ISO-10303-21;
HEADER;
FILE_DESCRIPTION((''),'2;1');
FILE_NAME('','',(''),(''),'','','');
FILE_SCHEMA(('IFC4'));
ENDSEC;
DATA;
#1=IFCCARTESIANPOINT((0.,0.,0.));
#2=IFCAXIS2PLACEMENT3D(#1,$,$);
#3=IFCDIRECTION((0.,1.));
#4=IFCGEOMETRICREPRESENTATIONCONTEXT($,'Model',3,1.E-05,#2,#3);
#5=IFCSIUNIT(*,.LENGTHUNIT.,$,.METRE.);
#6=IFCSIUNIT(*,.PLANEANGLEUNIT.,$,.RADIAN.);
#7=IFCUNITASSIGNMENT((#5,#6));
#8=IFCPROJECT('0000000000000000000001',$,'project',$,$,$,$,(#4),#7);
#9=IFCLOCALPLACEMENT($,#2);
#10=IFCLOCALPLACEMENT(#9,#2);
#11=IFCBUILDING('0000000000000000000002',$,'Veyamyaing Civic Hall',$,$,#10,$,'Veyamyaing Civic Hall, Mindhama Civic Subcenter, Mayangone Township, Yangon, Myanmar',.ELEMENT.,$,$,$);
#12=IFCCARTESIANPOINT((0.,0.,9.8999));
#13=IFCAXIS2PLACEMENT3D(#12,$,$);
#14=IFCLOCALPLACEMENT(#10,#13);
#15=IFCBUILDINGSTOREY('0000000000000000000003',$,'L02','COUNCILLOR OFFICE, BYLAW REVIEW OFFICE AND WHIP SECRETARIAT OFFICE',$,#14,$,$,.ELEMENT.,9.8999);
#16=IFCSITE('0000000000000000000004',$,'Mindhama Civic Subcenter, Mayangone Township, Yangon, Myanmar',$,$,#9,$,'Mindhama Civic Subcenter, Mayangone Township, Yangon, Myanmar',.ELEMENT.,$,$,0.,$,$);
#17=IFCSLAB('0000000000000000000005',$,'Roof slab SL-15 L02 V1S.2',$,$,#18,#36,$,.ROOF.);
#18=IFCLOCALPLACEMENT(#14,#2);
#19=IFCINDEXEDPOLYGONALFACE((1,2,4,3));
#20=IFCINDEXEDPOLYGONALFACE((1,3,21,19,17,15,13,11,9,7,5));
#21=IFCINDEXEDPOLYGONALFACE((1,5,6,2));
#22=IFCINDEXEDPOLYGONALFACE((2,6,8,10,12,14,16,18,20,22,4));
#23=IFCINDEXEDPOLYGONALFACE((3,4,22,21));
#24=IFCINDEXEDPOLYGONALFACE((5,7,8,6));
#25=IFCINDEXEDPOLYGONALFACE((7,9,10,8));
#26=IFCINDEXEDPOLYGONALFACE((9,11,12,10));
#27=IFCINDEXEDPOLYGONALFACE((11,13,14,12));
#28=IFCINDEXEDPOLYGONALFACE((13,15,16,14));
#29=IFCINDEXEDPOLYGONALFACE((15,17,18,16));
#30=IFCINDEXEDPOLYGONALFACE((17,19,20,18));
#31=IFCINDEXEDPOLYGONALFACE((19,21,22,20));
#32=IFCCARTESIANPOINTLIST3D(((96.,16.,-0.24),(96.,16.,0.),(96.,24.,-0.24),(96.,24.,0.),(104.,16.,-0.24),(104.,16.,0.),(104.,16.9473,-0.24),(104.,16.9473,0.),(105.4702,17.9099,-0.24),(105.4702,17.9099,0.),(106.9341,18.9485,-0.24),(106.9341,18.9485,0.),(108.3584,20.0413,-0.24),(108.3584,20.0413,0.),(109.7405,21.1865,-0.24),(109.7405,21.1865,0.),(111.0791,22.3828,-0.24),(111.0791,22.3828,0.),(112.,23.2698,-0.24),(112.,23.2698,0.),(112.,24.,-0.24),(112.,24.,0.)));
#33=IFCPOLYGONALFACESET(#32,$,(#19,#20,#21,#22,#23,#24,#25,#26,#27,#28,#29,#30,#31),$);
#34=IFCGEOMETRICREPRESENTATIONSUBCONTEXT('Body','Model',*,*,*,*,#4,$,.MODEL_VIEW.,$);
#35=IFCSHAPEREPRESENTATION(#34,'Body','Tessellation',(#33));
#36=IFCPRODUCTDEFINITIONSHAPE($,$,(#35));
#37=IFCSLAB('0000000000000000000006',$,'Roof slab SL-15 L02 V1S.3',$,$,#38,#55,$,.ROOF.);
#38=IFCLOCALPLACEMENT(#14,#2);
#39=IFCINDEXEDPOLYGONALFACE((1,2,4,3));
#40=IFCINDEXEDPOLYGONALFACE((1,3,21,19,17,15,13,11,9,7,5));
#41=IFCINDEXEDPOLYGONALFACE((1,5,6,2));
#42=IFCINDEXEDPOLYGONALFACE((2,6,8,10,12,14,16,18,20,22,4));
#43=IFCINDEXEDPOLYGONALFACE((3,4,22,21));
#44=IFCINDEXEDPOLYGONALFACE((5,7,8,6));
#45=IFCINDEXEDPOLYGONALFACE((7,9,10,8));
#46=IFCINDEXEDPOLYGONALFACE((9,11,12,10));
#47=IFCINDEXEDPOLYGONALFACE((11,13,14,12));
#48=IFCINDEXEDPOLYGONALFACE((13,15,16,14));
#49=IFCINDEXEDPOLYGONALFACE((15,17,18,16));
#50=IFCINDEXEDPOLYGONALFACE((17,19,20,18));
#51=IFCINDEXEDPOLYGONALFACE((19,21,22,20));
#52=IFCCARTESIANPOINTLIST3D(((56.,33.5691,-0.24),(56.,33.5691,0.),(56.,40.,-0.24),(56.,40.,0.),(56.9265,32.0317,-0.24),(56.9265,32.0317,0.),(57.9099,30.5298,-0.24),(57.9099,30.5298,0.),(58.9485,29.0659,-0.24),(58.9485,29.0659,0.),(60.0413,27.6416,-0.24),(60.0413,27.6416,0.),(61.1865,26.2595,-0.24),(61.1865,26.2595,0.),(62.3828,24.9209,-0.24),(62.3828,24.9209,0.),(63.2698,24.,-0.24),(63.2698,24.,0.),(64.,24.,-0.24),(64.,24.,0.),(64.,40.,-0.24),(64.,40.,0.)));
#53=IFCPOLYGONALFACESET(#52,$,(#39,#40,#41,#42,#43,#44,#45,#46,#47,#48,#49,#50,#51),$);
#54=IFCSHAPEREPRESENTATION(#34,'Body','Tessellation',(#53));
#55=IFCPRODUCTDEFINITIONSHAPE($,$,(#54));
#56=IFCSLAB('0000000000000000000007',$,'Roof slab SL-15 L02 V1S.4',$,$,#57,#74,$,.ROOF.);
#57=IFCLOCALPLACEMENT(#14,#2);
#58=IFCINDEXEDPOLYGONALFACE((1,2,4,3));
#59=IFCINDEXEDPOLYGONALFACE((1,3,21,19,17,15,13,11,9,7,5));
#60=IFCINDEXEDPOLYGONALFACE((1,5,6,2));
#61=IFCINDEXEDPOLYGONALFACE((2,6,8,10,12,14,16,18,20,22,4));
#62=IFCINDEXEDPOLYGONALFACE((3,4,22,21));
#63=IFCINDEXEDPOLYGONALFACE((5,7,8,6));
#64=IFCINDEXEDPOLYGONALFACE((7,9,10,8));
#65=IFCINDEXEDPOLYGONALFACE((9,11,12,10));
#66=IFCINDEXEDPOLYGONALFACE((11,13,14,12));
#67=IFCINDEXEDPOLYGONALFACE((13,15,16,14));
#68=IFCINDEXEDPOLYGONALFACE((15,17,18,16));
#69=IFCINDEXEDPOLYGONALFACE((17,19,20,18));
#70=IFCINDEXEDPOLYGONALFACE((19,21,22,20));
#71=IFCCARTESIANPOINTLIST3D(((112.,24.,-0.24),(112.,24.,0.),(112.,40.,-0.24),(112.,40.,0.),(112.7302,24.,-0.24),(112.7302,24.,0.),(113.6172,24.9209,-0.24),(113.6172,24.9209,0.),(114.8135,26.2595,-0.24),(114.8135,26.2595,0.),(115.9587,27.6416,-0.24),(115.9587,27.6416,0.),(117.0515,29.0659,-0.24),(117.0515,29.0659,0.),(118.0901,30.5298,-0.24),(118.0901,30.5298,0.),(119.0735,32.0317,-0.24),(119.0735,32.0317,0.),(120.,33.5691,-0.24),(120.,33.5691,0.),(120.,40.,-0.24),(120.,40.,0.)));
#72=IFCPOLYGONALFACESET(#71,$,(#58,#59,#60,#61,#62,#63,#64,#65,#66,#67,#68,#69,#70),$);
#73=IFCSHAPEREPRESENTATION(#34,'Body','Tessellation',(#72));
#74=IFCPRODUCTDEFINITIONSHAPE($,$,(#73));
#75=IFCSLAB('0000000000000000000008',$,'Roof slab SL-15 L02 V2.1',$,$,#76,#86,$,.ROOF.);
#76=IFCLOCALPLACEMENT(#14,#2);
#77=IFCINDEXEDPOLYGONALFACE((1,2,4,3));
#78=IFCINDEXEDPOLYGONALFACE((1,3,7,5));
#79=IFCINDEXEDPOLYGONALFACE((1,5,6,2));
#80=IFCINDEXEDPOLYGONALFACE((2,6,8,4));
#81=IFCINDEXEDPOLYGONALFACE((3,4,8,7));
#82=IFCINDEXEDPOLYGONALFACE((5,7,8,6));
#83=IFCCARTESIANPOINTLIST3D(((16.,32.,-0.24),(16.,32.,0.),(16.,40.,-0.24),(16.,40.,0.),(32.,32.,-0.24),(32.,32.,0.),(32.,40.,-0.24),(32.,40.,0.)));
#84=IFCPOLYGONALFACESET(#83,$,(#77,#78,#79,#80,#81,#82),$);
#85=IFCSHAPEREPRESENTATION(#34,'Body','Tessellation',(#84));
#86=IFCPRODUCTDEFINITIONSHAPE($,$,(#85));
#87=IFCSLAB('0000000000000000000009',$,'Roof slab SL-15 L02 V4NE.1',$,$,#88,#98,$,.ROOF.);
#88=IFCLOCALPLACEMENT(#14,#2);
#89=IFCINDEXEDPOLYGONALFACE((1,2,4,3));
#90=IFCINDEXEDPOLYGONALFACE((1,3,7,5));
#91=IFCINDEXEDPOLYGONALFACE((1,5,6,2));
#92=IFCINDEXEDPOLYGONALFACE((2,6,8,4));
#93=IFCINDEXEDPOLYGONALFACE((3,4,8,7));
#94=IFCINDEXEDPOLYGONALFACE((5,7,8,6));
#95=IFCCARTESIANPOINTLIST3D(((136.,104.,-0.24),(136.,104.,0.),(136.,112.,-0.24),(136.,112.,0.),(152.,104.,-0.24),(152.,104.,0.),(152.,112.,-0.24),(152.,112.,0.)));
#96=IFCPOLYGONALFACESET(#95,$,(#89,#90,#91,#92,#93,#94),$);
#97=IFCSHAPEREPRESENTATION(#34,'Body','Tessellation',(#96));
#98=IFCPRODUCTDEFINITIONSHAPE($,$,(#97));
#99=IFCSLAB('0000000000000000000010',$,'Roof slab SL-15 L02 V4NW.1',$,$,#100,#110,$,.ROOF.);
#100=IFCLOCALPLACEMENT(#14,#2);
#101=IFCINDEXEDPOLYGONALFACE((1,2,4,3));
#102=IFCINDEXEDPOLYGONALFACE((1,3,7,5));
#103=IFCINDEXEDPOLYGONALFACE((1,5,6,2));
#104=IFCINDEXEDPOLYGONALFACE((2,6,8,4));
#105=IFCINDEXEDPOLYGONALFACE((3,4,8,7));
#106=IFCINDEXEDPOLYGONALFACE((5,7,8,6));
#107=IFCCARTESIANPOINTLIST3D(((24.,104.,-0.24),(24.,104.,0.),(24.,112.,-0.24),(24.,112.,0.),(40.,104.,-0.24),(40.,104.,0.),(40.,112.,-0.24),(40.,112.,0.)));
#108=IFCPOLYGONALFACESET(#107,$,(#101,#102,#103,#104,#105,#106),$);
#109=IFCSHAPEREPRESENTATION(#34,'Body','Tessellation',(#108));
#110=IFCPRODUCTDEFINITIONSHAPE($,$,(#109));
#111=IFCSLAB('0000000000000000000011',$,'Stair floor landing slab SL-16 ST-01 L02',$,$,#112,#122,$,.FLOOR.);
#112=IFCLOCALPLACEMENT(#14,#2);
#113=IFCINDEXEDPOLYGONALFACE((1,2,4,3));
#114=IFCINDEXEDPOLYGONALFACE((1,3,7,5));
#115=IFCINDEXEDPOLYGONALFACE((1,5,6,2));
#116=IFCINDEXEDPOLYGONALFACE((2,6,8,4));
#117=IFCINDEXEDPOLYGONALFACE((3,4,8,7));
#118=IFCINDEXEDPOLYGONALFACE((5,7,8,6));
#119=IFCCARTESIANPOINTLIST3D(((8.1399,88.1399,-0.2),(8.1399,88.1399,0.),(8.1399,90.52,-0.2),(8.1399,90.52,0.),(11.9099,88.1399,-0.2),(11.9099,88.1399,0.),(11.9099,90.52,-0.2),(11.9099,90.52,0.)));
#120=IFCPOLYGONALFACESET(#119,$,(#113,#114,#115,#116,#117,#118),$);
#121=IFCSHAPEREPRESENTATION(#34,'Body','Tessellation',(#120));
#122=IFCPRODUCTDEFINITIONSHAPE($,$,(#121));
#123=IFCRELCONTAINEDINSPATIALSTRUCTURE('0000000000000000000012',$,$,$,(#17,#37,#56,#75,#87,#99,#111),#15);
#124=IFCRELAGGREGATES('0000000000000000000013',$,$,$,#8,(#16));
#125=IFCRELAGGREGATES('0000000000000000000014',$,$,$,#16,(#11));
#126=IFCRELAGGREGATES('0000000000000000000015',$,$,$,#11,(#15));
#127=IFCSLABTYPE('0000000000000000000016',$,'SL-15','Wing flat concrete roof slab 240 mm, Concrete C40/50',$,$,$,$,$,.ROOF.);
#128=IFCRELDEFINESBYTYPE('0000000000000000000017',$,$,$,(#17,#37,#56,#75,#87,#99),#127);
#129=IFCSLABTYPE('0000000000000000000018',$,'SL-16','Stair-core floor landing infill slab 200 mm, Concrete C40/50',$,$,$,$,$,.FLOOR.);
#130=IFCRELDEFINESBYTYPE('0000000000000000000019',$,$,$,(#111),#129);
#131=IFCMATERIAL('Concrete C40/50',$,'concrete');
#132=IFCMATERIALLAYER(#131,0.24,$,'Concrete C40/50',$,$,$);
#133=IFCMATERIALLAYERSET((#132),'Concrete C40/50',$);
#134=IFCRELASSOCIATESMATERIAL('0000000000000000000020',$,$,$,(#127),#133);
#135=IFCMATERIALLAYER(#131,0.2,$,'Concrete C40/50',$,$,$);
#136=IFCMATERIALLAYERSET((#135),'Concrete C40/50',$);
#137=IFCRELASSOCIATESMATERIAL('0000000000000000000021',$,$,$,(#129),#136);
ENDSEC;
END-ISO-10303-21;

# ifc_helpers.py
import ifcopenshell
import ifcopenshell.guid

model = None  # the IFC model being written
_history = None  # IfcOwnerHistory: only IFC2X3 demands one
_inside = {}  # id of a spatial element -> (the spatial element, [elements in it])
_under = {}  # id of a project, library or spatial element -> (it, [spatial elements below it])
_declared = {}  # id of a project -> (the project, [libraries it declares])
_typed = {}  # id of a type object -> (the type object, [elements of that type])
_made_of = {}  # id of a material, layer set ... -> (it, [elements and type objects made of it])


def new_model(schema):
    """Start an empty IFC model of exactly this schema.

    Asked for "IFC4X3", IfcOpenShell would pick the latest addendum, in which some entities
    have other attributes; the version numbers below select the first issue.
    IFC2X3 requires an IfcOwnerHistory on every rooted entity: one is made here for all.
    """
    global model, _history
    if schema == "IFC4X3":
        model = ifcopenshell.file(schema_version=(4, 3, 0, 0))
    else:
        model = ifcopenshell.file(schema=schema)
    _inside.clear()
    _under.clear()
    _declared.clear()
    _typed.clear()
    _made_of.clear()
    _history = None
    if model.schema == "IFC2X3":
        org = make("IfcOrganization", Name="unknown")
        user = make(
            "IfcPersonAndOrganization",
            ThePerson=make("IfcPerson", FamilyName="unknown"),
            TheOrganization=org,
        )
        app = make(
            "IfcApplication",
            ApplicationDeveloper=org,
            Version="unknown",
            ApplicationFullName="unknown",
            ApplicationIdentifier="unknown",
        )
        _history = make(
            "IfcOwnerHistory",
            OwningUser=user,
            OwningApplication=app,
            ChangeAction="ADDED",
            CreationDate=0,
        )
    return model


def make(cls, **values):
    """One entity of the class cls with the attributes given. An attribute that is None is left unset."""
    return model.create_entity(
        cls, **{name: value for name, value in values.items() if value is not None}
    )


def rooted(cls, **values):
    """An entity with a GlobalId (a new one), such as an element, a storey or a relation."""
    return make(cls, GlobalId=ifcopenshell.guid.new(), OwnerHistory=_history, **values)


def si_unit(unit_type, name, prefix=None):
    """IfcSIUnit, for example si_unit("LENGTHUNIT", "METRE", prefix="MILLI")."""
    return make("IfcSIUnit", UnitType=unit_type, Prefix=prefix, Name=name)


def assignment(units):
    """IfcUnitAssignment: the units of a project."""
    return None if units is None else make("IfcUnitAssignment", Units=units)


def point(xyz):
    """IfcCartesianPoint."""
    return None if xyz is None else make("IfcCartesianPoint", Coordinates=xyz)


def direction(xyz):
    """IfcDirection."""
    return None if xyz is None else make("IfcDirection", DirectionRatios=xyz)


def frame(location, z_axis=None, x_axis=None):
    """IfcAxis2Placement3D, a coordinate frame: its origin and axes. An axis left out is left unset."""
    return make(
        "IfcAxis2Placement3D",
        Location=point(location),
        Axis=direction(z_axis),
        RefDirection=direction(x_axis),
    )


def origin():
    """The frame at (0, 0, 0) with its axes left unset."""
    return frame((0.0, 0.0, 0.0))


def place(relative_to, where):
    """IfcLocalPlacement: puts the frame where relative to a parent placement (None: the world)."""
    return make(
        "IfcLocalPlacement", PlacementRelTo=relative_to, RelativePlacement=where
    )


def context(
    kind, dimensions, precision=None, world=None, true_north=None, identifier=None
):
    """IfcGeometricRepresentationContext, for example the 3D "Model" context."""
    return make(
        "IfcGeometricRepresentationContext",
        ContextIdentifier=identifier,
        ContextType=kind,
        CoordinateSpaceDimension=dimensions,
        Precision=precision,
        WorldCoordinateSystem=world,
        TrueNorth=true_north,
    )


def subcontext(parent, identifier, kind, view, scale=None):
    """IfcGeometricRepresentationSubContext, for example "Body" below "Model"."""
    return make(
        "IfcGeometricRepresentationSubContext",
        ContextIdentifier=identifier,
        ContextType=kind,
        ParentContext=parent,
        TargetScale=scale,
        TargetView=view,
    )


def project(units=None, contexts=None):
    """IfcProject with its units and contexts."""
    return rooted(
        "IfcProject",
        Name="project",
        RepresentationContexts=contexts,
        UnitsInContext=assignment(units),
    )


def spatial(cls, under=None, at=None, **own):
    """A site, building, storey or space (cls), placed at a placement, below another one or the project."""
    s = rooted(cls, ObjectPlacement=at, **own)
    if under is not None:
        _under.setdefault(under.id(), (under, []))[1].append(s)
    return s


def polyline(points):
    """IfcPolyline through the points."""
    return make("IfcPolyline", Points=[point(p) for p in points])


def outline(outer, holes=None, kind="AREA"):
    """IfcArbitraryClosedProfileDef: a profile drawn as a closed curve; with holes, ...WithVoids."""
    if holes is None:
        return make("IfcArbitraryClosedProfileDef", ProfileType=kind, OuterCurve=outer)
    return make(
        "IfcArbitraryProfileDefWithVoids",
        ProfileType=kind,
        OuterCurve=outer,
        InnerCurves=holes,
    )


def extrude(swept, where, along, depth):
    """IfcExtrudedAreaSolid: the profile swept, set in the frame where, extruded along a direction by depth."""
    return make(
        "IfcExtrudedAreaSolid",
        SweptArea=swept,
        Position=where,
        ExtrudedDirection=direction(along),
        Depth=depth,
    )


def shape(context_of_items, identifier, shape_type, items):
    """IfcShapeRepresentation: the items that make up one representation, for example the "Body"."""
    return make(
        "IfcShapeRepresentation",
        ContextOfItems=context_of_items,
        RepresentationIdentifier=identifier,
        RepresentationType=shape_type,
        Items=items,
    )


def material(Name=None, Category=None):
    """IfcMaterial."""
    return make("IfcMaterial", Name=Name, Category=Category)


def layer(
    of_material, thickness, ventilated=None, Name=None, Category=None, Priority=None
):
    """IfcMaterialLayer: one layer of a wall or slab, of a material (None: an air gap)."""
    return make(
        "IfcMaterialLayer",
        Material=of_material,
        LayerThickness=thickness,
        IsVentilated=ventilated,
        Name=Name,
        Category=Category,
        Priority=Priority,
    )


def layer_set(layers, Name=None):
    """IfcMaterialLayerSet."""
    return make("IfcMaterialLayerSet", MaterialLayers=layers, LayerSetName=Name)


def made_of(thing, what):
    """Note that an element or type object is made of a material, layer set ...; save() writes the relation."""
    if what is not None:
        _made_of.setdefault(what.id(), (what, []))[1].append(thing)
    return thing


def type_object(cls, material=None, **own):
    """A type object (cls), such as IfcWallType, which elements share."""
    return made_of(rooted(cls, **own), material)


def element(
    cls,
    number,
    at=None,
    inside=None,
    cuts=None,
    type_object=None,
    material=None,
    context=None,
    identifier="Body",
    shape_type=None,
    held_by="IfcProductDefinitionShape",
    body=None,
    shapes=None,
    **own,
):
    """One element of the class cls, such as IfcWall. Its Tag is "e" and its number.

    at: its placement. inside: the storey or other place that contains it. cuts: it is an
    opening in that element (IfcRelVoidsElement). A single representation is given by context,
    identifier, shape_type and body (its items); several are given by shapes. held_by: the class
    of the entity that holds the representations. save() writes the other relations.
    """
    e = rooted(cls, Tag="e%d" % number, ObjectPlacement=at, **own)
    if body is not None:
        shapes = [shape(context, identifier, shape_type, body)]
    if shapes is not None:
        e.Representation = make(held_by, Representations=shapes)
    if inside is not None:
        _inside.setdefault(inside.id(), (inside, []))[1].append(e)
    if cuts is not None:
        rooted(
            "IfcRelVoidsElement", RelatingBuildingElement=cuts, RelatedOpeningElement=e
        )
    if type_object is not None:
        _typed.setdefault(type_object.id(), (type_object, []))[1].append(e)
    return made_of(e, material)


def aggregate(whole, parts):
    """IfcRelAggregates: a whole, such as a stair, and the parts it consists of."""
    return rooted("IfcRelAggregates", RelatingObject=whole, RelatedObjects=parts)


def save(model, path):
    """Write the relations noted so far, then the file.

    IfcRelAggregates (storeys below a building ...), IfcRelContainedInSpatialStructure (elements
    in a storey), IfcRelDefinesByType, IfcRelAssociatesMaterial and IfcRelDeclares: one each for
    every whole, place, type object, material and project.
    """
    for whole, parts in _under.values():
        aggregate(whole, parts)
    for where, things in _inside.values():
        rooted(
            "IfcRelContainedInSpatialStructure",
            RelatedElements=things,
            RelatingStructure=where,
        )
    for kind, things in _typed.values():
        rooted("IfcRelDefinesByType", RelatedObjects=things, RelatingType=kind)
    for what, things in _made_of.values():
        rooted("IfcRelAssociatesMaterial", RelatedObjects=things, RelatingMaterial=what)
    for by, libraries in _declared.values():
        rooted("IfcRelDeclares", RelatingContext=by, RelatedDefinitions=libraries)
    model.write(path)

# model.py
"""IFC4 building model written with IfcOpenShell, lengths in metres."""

from ifc_helpers import new_model, si_unit, direction, frame, origin, place, context, subcontext, project, spatial, polyline, outline, extrude, material, layer, layer_set, type_object, element, save


model = new_model("IFC4")

# Units and contexts
model_context = context("Model", 3, precision=1e-05, world=origin(), true_north=direction((0.0, 1.0)))
body_context = subcontext(model_context, "Body", "Model", "MODEL_VIEW")
ifc_project = project(units=[si_unit("LENGTHUNIT", "METRE"), si_unit("PLANEANGLEUNIT", "RADIAN")], contexts=[model_context])

# Site, building, storey
site_placement = place(None, origin())
site = spatial("IfcSite", under=ifc_project, at=site_placement, Name="Mindhama Civic Subcenter, Mayangone Township, Yangon, Myanmar", LongName="Mindhama Civic Subcenter, Mayangone Township, Yangon, Myanmar", CompositionType="ELEMENT", RefElevation=0.0)
building_placement = place(site_placement, origin())
building = spatial("IfcBuilding", under=site, at=building_placement, Name="Veyamyaing Civic Hall", LongName="Veyamyaing Civic Hall, Mindhama Civic Subcenter, Mayangone Township, Yangon, Myanmar", CompositionType="ELEMENT")
storey_placement = place(building_placement, frame((0.0, 0.0, 9.8999)))
storey = spatial("IfcBuildingStorey", under=building, at=storey_placement, Name="L02", Description="COUNCILLOR OFFICE, BYLAW REVIEW OFFICE AND WHIP SECRETARIAT OFFICE", CompositionType="ELEMENT", Elevation=9.8999)

# Shared definitions
ifc_material_1 = material(Name="Concrete C40/50", Category="concrete")

# Shared definitions
ifc_layer_1 = layer(ifc_material_1, 0.24, Name="Concrete C40/50")
ifc_layer_set_1 = layer_set([ifc_layer_1], Name="Concrete C40/50")
slab_type_1 = type_object("IfcSlabType", Name="SL-15", Description="Wing flat concrete roof slab 240 mm, Concrete C40/50", PredefinedType="ROOF", material=ifc_layer_set_1)

# Slabs
slab_1_placement = place(storey_placement, frame((0.0, 0.0, -0.24)))
element("IfcSlab", 1, at=slab_1_placement, inside=storey, type_object=slab_type_1, Name="Roof slab SL-15 L02 V1S.2", PredefinedType="ROOF", context=body_context, shape_type="SweptSolid", body=[
    extrude(outline(polyline([(112.0, 23.2698), (111.0791, 22.3828), (109.7405, 21.1865), (108.3584, 20.0413), (106.9341, 18.9485), (105.4702, 17.9099), (104.0, 16.9473), (104.0, 16.0), (96.0, 16.0), (96.0, 24.0), (112.0, 24.0), (112.0, 23.2698)])), origin(), (0.0, 0.0, 1.0), 0.24),
])
slab_2_placement = place(storey_placement, frame((0.0, 0.0, -0.24)))
element("IfcSlab", 2, at=slab_2_placement, inside=storey, type_object=slab_type_1, Name="Roof slab SL-15 L02 V1S.3", PredefinedType="ROOF", context=body_context, shape_type="SweptSolid", body=[
    extrude(outline(polyline([(64.0, 40.0), (64.0, 24.0), (63.2698, 24.0), (62.3828, 24.9209), (61.1865, 26.2595), (60.0413, 27.6416), (58.9485, 29.0659), (57.9099, 30.5298), (56.9265, 32.0317), (56.0, 33.5691), (56.0, 40.0), (64.0, 40.0)])), origin(), (0.0, 0.0, 1.0), 0.24),
])
slab_3_placement = place(storey_placement, frame((0.0, 0.0, -0.24)))
element("IfcSlab", 3, at=slab_3_placement, inside=storey, type_object=slab_type_1, Name="Roof slab SL-15 L02 V1S.4", PredefinedType="ROOF", context=body_context, shape_type="SweptSolid", body=[
    extrude(outline(polyline([(120.0, 33.5691), (119.0735, 32.0317), (118.0901, 30.5298), (117.0515, 29.0659), (115.9587, 27.6416), (114.8135, 26.2595), (113.6172, 24.9209), (112.7302, 24.0), (112.0, 24.0), (112.0, 40.0), (120.0, 40.0), (120.0, 33.5691)])), origin(), (0.0, 0.0, 1.0), 0.24),
])
slab_4_placement = place(storey_placement, frame((0.0, 0.0, -0.24)))
element("IfcSlab", 4, at=slab_4_placement, inside=storey, type_object=slab_type_1, Name="Roof slab SL-15 L02 V2.1", PredefinedType="ROOF", context=body_context, shape_type="SweptSolid", body=[
    extrude(outline(polyline([(16.0, 32.0), (16.0, 40.0), (32.0, 40.0), (32.0, 32.0), (16.0, 32.0)])), origin(), (0.0, 0.0, 1.0), 0.24),
])
slab_5_placement = place(storey_placement, frame((0.0, 0.0, -0.24)))
element("IfcSlab", 5, at=slab_5_placement, inside=storey, type_object=slab_type_1, Name="Roof slab SL-15 L02 V4NE.1", PredefinedType="ROOF", context=body_context, shape_type="SweptSolid", body=[
    extrude(outline(polyline([(136.0, 104.0), (136.0, 112.0), (152.0, 112.0), (152.0, 104.0), (136.0, 104.0)])), origin(), (0.0, 0.0, 1.0), 0.24),
])
slab_6_placement = place(storey_placement, frame((0.0, 0.0, -0.24)))
element("IfcSlab", 6, at=slab_6_placement, inside=storey, type_object=slab_type_1, Name="Roof slab SL-15 L02 V4NW.1", PredefinedType="ROOF", context=body_context, shape_type="SweptSolid", body=[
    extrude(outline(polyline([(24.0, 104.0), (24.0, 112.0), (40.0, 112.0), (40.0, 104.0), (24.0, 104.0)])), origin(), (0.0, 0.0, 1.0), 0.24),
])
ifc_layer_2 = layer(ifc_material_1, 0.2, Name="Concrete C40/50")
ifc_layer_set_2 = layer_set([ifc_layer_2], Name="Concrete C40/50")
slab_type_2 = type_object("IfcSlabType", Name="SL-16", Description="Stair-core floor landing infill slab 200 mm, Concrete C40/50", PredefinedType="FLOOR", material=ifc_layer_set_2)
slab_7_placement = place(storey_placement, frame((0.0, 0.0, -0.2)))
element("IfcSlab", 7, at=slab_7_placement, inside=storey, type_object=slab_type_2, Name="Stair floor landing slab SL-16 ST-01 L02", PredefinedType="FLOOR", context=body_context, shape_type="SweptSolid", body=[
    extrude(outline(polyline([(8.1399, 88.1399), (11.9099, 88.1399), (11.9099, 90.52), (8.1399, 90.52), (8.1399, 88.1399)])), origin(), (0.0, 0.0, 1.0), 0.2),
])

save(model, "model.ifc")
